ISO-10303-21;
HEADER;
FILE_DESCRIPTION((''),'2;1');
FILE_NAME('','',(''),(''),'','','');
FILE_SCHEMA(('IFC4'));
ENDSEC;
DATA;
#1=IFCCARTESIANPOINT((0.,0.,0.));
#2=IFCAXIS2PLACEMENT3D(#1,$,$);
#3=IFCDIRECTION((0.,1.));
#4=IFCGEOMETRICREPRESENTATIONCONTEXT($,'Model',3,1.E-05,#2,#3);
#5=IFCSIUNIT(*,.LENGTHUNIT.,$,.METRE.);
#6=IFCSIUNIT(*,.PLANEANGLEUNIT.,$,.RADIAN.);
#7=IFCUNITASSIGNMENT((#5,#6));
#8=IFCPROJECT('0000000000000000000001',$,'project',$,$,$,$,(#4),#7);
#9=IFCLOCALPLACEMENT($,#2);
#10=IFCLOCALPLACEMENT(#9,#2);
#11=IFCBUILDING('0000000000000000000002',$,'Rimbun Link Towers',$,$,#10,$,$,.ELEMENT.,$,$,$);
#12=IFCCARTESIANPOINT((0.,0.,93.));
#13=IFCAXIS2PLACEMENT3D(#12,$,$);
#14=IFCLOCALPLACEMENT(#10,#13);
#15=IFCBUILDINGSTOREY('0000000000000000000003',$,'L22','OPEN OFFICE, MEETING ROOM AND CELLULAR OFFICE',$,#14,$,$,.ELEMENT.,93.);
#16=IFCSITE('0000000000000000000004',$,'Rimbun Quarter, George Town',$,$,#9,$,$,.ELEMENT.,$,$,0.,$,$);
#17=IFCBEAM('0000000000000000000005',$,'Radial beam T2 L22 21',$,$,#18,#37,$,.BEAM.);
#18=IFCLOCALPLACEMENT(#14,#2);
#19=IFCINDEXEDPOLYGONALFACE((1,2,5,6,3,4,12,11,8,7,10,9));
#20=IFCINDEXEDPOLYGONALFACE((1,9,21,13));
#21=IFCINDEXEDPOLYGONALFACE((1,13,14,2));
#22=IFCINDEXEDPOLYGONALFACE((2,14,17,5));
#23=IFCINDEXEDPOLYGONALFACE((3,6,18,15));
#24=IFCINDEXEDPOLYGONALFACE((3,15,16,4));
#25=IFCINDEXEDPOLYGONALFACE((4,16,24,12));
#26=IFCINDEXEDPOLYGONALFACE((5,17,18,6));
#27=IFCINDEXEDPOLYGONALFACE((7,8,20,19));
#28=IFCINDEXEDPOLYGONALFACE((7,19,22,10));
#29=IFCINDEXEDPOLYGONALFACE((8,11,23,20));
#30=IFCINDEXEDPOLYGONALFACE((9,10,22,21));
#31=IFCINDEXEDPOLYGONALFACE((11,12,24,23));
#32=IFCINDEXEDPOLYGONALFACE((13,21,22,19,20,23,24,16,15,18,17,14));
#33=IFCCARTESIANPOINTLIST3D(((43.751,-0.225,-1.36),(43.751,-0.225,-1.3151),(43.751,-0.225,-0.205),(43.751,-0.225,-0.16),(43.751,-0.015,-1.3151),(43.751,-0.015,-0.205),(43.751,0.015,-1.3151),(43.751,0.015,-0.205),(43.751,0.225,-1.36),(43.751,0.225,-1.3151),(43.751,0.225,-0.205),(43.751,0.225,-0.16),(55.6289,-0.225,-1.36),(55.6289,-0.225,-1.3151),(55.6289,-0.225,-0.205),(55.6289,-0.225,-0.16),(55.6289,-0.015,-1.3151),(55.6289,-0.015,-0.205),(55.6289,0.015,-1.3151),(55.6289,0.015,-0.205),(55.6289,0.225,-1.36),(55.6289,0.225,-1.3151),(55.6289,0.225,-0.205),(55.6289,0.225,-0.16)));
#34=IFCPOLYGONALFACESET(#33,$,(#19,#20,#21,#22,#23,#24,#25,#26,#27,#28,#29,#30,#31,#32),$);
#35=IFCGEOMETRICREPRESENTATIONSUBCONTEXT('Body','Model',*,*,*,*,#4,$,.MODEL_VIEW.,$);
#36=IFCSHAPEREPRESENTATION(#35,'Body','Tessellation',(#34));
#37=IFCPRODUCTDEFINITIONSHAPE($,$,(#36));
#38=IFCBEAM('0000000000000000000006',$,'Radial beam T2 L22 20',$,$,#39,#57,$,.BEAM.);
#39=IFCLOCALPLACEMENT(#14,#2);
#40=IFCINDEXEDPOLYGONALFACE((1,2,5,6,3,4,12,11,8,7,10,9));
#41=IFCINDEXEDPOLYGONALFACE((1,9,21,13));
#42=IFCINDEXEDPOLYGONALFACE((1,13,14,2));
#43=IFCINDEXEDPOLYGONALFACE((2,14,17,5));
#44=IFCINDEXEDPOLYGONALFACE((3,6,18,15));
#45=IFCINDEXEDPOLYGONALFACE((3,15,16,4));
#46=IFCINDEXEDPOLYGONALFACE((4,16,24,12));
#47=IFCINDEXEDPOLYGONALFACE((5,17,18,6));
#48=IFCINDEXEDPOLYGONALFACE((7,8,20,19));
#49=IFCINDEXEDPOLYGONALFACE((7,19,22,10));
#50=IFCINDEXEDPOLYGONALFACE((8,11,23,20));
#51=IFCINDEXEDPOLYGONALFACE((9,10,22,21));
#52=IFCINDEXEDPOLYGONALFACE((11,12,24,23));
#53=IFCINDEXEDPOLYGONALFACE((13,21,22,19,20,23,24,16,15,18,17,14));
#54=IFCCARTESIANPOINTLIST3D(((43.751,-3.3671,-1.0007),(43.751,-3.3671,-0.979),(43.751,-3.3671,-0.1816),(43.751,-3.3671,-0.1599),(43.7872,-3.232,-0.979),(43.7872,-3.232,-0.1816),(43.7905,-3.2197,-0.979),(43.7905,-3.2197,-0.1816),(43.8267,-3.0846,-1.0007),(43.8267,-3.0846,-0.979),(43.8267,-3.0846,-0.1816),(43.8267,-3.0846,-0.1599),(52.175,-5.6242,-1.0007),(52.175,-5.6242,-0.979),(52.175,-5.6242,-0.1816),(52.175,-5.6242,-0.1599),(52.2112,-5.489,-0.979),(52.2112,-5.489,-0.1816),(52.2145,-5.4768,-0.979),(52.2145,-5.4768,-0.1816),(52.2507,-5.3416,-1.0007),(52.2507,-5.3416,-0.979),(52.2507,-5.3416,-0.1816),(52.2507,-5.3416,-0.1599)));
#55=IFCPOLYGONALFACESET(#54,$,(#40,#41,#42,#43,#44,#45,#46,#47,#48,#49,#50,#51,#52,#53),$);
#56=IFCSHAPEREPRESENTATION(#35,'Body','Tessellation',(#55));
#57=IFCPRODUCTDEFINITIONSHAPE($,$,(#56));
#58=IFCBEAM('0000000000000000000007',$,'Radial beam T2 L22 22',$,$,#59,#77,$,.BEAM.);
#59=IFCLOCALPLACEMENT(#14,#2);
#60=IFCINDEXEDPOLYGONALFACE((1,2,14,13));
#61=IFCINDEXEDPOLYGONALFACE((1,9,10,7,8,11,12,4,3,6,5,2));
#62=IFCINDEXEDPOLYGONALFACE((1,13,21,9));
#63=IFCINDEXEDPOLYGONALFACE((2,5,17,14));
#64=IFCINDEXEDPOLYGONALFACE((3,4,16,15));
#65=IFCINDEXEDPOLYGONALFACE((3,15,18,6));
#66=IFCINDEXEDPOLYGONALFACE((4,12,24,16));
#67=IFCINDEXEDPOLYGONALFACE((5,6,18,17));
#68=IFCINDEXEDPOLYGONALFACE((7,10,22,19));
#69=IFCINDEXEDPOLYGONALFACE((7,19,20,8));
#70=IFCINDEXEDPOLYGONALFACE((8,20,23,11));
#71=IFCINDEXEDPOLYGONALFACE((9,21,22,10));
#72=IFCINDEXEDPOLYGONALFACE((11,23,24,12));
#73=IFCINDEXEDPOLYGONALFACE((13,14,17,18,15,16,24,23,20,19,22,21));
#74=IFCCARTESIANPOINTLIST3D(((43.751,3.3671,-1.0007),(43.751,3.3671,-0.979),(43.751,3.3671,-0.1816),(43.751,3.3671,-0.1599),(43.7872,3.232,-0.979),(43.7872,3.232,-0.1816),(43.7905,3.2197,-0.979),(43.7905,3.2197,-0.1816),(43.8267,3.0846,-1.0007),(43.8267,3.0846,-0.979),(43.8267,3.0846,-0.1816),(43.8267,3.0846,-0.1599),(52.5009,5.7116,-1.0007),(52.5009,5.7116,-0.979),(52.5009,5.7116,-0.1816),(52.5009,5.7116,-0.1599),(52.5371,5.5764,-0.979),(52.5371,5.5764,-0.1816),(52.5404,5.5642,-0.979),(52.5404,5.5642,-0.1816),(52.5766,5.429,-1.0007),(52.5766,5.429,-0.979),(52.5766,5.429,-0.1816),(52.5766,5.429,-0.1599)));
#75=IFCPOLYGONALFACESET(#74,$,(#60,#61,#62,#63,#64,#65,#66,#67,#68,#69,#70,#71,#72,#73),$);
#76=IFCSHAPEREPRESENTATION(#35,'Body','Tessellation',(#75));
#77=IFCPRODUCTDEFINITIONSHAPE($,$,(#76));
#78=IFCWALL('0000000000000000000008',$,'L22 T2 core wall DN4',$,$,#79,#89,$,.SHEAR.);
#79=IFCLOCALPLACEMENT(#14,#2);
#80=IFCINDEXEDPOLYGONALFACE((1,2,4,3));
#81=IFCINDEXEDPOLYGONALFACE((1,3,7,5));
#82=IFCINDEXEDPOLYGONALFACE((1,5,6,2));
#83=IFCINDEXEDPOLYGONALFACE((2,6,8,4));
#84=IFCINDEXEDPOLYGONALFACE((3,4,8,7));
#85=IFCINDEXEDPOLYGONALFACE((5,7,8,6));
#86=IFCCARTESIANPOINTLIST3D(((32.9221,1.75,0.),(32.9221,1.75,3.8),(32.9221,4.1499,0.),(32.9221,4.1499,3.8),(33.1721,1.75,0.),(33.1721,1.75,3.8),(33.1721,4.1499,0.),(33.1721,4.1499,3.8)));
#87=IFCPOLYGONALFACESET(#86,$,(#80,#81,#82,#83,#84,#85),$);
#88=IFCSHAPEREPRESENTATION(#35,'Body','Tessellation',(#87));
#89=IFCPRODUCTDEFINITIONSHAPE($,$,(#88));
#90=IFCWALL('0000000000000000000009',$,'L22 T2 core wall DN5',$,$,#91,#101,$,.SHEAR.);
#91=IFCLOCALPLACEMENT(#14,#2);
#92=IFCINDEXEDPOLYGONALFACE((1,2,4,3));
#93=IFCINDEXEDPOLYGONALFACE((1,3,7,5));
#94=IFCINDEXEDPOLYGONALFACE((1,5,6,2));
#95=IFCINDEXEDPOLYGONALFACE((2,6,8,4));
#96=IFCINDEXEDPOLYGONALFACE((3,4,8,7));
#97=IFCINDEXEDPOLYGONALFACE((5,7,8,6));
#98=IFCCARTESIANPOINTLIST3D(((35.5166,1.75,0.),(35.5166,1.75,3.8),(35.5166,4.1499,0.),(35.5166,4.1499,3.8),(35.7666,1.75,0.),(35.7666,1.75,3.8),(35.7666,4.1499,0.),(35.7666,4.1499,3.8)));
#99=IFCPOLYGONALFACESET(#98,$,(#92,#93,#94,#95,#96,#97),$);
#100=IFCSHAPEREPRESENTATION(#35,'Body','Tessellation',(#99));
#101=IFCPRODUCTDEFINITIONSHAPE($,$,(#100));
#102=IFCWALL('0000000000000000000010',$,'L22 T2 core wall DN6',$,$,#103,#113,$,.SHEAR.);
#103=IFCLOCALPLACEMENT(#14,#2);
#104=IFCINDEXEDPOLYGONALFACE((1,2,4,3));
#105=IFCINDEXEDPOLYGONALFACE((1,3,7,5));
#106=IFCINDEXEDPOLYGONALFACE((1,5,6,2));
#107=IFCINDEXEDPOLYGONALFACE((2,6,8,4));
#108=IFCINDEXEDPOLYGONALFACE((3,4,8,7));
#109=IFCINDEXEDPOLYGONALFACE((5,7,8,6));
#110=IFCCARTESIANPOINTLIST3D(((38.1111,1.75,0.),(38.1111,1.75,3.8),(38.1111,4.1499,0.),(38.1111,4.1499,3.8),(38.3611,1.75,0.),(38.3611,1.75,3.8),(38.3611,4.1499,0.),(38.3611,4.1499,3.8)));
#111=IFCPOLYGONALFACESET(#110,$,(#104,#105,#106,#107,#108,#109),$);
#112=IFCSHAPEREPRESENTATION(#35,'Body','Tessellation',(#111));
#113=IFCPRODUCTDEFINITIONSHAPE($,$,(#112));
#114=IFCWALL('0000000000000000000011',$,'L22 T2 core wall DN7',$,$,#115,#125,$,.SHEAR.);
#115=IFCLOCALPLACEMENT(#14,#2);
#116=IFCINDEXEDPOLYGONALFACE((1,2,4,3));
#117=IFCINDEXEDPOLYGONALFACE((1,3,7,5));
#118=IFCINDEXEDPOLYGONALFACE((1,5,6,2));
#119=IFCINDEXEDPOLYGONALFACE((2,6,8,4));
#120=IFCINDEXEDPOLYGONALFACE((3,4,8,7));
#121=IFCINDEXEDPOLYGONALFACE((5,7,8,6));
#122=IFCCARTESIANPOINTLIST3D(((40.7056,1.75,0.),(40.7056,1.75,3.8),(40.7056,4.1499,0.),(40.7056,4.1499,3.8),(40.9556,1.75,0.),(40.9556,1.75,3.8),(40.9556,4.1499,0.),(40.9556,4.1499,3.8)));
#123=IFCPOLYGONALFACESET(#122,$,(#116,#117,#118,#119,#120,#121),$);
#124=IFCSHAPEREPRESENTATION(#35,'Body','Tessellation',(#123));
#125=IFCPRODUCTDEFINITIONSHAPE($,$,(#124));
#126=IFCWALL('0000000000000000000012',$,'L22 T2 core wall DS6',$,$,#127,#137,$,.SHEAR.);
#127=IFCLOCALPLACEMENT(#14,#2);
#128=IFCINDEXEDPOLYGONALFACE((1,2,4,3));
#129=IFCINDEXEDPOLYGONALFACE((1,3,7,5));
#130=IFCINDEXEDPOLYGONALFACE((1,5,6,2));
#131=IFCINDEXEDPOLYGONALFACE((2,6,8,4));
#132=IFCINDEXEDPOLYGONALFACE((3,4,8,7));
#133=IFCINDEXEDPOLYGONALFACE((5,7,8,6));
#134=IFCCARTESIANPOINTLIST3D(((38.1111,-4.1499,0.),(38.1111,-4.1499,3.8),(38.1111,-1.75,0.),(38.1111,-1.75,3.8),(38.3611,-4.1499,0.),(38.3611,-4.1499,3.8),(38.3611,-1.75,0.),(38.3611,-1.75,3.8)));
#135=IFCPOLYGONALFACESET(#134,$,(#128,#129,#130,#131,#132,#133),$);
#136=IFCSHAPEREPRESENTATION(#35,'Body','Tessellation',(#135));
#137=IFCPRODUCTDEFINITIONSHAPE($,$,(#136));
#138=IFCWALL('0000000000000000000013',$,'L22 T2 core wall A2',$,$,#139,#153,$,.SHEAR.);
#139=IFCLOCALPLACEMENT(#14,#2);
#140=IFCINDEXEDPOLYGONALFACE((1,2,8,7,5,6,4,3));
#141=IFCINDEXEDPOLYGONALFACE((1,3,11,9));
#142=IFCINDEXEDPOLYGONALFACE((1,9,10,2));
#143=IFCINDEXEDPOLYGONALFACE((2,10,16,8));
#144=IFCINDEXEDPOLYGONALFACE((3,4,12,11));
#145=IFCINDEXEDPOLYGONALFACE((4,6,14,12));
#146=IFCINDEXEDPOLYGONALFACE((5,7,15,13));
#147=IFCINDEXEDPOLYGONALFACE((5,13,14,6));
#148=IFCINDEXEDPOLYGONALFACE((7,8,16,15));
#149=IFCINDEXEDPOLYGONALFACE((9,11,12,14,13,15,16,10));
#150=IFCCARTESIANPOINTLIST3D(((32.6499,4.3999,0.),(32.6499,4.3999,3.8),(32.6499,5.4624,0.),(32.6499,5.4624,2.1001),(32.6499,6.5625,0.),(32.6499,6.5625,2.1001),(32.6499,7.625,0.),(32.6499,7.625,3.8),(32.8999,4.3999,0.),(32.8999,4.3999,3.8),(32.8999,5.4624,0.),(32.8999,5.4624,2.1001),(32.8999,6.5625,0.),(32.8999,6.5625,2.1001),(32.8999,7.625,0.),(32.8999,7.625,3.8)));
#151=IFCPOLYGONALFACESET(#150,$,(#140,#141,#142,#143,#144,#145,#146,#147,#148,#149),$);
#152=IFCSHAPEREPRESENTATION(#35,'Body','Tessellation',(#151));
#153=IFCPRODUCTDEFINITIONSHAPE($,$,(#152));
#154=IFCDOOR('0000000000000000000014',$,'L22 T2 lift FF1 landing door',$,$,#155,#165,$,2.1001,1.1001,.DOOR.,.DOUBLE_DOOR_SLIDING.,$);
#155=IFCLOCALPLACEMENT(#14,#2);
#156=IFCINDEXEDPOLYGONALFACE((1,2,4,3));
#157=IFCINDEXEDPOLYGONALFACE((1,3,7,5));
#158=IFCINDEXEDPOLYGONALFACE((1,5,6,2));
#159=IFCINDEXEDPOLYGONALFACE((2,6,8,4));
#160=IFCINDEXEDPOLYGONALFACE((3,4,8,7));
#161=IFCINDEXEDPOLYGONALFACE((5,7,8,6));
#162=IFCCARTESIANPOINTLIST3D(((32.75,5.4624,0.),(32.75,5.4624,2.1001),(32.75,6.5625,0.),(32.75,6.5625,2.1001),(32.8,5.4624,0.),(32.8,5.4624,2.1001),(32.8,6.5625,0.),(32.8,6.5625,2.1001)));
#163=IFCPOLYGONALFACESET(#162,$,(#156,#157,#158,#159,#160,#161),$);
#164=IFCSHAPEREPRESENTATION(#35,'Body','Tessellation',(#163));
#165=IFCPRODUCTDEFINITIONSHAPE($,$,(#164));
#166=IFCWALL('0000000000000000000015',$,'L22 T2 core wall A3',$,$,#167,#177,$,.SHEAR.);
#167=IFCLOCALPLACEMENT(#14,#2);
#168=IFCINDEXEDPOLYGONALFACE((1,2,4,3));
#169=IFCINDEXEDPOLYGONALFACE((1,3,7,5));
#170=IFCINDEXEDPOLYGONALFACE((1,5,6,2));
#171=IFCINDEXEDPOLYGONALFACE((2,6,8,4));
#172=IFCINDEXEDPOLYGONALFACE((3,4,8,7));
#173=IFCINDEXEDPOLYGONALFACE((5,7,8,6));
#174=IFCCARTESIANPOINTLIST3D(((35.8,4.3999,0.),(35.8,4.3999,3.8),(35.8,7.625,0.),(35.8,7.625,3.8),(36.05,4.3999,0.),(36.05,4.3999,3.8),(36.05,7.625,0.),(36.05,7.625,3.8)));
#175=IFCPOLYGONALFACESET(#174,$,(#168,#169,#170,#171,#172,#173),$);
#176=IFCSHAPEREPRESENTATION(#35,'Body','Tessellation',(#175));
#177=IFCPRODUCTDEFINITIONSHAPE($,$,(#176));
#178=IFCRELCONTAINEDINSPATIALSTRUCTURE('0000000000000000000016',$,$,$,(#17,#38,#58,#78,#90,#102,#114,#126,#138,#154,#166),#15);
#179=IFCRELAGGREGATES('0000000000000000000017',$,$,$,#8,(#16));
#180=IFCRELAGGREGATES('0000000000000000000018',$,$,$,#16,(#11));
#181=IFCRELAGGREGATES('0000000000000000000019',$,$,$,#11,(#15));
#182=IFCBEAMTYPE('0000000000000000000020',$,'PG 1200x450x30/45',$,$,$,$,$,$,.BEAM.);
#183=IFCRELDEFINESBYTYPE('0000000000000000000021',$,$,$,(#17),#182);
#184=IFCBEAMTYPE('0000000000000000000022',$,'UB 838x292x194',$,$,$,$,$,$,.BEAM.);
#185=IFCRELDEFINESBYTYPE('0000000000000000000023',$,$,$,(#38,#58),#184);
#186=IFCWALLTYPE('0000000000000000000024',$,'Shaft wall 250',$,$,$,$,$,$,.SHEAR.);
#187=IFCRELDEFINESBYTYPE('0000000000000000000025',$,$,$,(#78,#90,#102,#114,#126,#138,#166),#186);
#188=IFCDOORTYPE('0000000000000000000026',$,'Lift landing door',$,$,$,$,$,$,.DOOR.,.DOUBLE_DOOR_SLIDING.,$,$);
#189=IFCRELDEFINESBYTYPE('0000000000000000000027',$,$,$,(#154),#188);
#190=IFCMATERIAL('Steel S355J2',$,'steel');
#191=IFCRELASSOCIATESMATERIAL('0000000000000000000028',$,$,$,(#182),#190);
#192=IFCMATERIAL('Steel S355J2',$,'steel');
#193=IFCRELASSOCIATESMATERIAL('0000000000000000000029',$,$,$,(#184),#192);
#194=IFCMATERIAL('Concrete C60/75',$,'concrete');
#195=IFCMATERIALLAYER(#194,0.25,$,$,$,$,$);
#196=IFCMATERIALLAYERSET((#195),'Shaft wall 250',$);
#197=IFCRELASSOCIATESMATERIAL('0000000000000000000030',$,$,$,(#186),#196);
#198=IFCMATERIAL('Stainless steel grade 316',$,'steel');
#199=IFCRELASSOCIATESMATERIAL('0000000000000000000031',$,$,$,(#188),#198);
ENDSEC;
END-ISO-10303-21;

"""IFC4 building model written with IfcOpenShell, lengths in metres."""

from ifc_helpers import new_model, si_unit, direction, frame, frame_2d, origin, origin_2d, place, context, subcontext, project, spatial, rectangle, i_section, extrude, material, layer, layer_set, material_profile, profile_set, type_object, element, fill, save


model = new_model("IFC4")

# Units and contexts
model_context = context("Model", 3, precision=1e-05, world=origin(), true_north=direction((0.0, 1.0)))
body_context = subcontext(model_context, "Body", "Model", "MODEL_VIEW")
ifc_project = project(units=[si_unit("LENGTHUNIT", "METRE"), si_unit("PLANEANGLEUNIT", "RADIAN")], contexts=[model_context])

# Site, building, storey
site_placement = place(None, origin())
site = spatial("IfcSite", under=ifc_project, at=site_placement, Name="Rimbun Quarter, George Town", CompositionType="ELEMENT", RefElevation=0.0)
building_placement = place(site_placement, origin())
building = spatial("IfcBuilding", under=site, at=building_placement, Name="Rimbun Link Towers", CompositionType="ELEMENT")
storey_placement = place(building_placement, frame((0.0, 0.0, 93.0)))
storey = spatial("IfcBuildingStorey", under=building, at=storey_placement, Name="L22", Description="OPEN OFFICE, MEETING ROOM AND CELLULAR OFFICE", CompositionType="ELEMENT", Elevation=93.0)

# Beams
ifc_material_1 = material(Name="Steel S355J2", Category="steel")
ifc_material_profile_1 = material_profile(ifc_material_1, i_section(OverallWidth=0.45, OverallDepth=1.2, WebThickness=0.03, FlangeThickness=0.0449, at=origin_2d()), Name="PG 1200x450x30/45")
ifc_profile_set_1 = profile_set([ifc_material_profile_1], Name="Steel S355J2")
beam_type_1 = type_object("IfcBeamType", Name="PG 1200x450x30/45", PredefinedType="BEAM", material=ifc_profile_set_1)
beam_1_placement = place(storey_placement, frame((43.751, 0.0, -0.76), z_axis=(1.0, 0.0, 0.0), x_axis=(0.0, 1.0, 0.0)))
element("IfcBeam", 1, at=beam_1_placement, inside=storey, type_object=beam_type_1, Name="Radial beam T2 L22 21", PredefinedType="BEAM", context=body_context, shape_type="SweptSolid", body=[
    extrude(i_section(OverallWidth=0.45, OverallDepth=1.2, WebThickness=0.03, FlangeThickness=0.0449, at=origin_2d()), origin(), (0.0, 0.0, 1.0), 11.8779),
])
ifc_material_2 = material(Name="Steel S355J2", Category="steel")
ifc_material_profile_2 = material_profile(ifc_material_2, i_section(OverallWidth=0.2925, OverallDepth=0.8408, WebThickness=0.0127, FlangeThickness=0.0217, at=origin_2d()), Name="UB 838x292x194")
ifc_profile_set_2 = profile_set([ifc_material_profile_2], Name="Steel S355J2")
beam_type_2 = type_object("IfcBeamType", Name="UB 838x292x194", PredefinedType="BEAM", material=ifc_profile_set_2)
beam_2_placement = place(storey_placement, frame((43.7888, -3.2258, -0.5803), z_axis=(0.96593, -0.258804, 0.0), x_axis=(0.258804, 0.96593, 0.0)))
element("IfcBeam", 2, at=beam_2_placement, inside=storey, type_object=beam_type_2, Name="Radial beam T2 L22 20", PredefinedType="BEAM", context=body_context, shape_type="SweptSolid", body=[
    extrude(i_section(OverallWidth=0.2925, OverallDepth=0.8408, WebThickness=0.0127, FlangeThickness=0.0217, at=origin_2d()), origin(), (0.0, 0.0, 1.0), 8.7212),
])
beam_3_placement = place(storey_placement, frame((43.7888, 3.2258, -0.5803), z_axis=(0.965928, 0.258812, 0.0), x_axis=(-0.258812, 0.965928, 0.0)))
element("IfcBeam", 3, at=beam_3_placement, inside=storey, type_object=beam_type_2, Name="Radial beam T2 L22 22", PredefinedType="BEAM", context=body_context, shape_type="SweptSolid", body=[
    extrude(i_section(OverallWidth=0.2925, OverallDepth=0.8408, WebThickness=0.0127, FlangeThickness=0.0217, at=origin_2d()), origin(), (0.0, 0.0, 1.0), 9.0586),
])

# Walls
ifc_material_3 = material(Name="Concrete C60/75", Category="concrete")
ifc_layer_1 = layer(ifc_material_3, 0.25)
ifc_layer_set_1 = layer_set([ifc_layer_1], Name="Shaft wall 250")
wall_type_1 = type_object("IfcWallType", Name="Shaft wall 250", PredefinedType="SHEAR", material=ifc_layer_set_1)
for number, where, z_axis, x_axis, name in (
    (4, (33.0471, 1.75, 0.0), (0.0, 0.0, 1.0), (0.0, 1.0, 0.0), "L22 T2 core wall DN4"),
    (5, (35.6416, 1.75, 0.0), (0.0, 0.0, 1.0), (0.0, 1.0, 0.0), "L22 T2 core wall DN5"),
    (6, (38.2361, 1.75, 0.0), (0.0, 0.0, 1.0), (0.0, 1.0, 0.0), "L22 T2 core wall DN6"),
    (7, (40.8306, 1.75, 0.0), (0.0, 0.0, 1.0), (0.0, 1.0, 0.0), "L22 T2 core wall DN7"),
    (8, (38.2361, -4.1499, 0.0), (0.0, 0.0, 1.0), (0.0, 1.0, 0.0), "L22 T2 core wall DS6"),
):
    element("IfcWall", number, at=place(storey_placement, frame(where, z_axis=z_axis, x_axis=x_axis)), inside=storey, type_object=wall_type_1, Name=name, PredefinedType="SHEAR", context=body_context, shape_type="SweptSolid", body=[
        extrude(rectangle(XDim=2.3999, YDim=0.25, at=frame_2d((1.2, 0.0))), origin(), (0.0, 0.0, 1.0), 3.8),
    ])

# Wall, opening, door
wall_1_placement = place(storey_placement, frame((32.7749, 4.3999, 0.0), z_axis=(0.0, 0.0, 1.0), x_axis=(0.0, 1.0, 0.0)))
wall_1 = element("IfcWall", 9, at=wall_1_placement, inside=storey, type_object=wall_type_1, Name="L22 T2 core wall A2", PredefinedType="SHEAR", context=body_context, shape_type="SweptSolid", body=[
    extrude(rectangle(XDim=3.2251, YDim=0.25, at=frame_2d((1.6125, 0.0))), origin(), (0.0, 0.0, 1.0), 3.8),
])
opening_1_placement = place(wall_1_placement, frame((1.0625, 0.0, 0.0)))
opening_1 = element("IfcOpeningElement", 10, at=opening_1_placement, cuts=wall_1, PredefinedType="OPENING", context=body_context, shape_type="SweptSolid", body=[
    extrude(rectangle(XDim=1.1001, YDim=2.1001, at=frame_2d((0.55, 1.05))), frame((0.0, 0.135, 0.0), z_axis=(0.0, -1.0, 0.0), x_axis=(1.0, 0.0, 0.0)), (0.0, 0.0, 1.0), 0.27),
])
ifc_material_4 = material(Name="Stainless steel grade 316", Category="steel")
door_type_1 = type_object("IfcDoorType", Name="Lift landing door", OperationType="DOUBLE_DOOR_SLIDING", PredefinedType="DOOR", material=ifc_material_4)
door_1_placement = place(opening_1_placement, origin())
door_1 = element("IfcDoor", 11, at=door_1_placement, inside=storey, type_object=door_type_1, Name="L22 T2 lift FF1 landing door", OperationType="DOUBLE_DOOR_SLIDING", OverallHeight=2.1001, OverallWidth=1.1001, PredefinedType="DOOR", context=body_context, shape_type="SweptSolid", body=[
    extrude(rectangle(XDim=1.1001, YDim=2.1001, at=frame_2d((0.55, 1.05))), frame((0.0, 0.0249, 0.0), z_axis=(0.0, -1.0, 0.0), x_axis=(1.0, 0.0, 0.0)), (0.0, 0.0, 1.0), 0.05),
])
fill(opening_1, door_1)

# Wall
wall_2_placement = place(storey_placement, frame((35.925, 4.3999, 0.0), z_axis=(0.0, 0.0, 1.0), x_axis=(0.0, 1.0, 0.0)))
element("IfcWall", 12, at=wall_2_placement, inside=storey, type_object=wall_type_1, Name="L22 T2 core wall A3", PredefinedType="SHEAR", context=body_context, shape_type="SweptSolid", body=[
    extrude(rectangle(XDim=3.2251, YDim=0.25, at=frame_2d((1.6125, 0.0))), origin(), (0.0, 0.0, 1.0), 3.8),
])

save(model, "model.ifc")
